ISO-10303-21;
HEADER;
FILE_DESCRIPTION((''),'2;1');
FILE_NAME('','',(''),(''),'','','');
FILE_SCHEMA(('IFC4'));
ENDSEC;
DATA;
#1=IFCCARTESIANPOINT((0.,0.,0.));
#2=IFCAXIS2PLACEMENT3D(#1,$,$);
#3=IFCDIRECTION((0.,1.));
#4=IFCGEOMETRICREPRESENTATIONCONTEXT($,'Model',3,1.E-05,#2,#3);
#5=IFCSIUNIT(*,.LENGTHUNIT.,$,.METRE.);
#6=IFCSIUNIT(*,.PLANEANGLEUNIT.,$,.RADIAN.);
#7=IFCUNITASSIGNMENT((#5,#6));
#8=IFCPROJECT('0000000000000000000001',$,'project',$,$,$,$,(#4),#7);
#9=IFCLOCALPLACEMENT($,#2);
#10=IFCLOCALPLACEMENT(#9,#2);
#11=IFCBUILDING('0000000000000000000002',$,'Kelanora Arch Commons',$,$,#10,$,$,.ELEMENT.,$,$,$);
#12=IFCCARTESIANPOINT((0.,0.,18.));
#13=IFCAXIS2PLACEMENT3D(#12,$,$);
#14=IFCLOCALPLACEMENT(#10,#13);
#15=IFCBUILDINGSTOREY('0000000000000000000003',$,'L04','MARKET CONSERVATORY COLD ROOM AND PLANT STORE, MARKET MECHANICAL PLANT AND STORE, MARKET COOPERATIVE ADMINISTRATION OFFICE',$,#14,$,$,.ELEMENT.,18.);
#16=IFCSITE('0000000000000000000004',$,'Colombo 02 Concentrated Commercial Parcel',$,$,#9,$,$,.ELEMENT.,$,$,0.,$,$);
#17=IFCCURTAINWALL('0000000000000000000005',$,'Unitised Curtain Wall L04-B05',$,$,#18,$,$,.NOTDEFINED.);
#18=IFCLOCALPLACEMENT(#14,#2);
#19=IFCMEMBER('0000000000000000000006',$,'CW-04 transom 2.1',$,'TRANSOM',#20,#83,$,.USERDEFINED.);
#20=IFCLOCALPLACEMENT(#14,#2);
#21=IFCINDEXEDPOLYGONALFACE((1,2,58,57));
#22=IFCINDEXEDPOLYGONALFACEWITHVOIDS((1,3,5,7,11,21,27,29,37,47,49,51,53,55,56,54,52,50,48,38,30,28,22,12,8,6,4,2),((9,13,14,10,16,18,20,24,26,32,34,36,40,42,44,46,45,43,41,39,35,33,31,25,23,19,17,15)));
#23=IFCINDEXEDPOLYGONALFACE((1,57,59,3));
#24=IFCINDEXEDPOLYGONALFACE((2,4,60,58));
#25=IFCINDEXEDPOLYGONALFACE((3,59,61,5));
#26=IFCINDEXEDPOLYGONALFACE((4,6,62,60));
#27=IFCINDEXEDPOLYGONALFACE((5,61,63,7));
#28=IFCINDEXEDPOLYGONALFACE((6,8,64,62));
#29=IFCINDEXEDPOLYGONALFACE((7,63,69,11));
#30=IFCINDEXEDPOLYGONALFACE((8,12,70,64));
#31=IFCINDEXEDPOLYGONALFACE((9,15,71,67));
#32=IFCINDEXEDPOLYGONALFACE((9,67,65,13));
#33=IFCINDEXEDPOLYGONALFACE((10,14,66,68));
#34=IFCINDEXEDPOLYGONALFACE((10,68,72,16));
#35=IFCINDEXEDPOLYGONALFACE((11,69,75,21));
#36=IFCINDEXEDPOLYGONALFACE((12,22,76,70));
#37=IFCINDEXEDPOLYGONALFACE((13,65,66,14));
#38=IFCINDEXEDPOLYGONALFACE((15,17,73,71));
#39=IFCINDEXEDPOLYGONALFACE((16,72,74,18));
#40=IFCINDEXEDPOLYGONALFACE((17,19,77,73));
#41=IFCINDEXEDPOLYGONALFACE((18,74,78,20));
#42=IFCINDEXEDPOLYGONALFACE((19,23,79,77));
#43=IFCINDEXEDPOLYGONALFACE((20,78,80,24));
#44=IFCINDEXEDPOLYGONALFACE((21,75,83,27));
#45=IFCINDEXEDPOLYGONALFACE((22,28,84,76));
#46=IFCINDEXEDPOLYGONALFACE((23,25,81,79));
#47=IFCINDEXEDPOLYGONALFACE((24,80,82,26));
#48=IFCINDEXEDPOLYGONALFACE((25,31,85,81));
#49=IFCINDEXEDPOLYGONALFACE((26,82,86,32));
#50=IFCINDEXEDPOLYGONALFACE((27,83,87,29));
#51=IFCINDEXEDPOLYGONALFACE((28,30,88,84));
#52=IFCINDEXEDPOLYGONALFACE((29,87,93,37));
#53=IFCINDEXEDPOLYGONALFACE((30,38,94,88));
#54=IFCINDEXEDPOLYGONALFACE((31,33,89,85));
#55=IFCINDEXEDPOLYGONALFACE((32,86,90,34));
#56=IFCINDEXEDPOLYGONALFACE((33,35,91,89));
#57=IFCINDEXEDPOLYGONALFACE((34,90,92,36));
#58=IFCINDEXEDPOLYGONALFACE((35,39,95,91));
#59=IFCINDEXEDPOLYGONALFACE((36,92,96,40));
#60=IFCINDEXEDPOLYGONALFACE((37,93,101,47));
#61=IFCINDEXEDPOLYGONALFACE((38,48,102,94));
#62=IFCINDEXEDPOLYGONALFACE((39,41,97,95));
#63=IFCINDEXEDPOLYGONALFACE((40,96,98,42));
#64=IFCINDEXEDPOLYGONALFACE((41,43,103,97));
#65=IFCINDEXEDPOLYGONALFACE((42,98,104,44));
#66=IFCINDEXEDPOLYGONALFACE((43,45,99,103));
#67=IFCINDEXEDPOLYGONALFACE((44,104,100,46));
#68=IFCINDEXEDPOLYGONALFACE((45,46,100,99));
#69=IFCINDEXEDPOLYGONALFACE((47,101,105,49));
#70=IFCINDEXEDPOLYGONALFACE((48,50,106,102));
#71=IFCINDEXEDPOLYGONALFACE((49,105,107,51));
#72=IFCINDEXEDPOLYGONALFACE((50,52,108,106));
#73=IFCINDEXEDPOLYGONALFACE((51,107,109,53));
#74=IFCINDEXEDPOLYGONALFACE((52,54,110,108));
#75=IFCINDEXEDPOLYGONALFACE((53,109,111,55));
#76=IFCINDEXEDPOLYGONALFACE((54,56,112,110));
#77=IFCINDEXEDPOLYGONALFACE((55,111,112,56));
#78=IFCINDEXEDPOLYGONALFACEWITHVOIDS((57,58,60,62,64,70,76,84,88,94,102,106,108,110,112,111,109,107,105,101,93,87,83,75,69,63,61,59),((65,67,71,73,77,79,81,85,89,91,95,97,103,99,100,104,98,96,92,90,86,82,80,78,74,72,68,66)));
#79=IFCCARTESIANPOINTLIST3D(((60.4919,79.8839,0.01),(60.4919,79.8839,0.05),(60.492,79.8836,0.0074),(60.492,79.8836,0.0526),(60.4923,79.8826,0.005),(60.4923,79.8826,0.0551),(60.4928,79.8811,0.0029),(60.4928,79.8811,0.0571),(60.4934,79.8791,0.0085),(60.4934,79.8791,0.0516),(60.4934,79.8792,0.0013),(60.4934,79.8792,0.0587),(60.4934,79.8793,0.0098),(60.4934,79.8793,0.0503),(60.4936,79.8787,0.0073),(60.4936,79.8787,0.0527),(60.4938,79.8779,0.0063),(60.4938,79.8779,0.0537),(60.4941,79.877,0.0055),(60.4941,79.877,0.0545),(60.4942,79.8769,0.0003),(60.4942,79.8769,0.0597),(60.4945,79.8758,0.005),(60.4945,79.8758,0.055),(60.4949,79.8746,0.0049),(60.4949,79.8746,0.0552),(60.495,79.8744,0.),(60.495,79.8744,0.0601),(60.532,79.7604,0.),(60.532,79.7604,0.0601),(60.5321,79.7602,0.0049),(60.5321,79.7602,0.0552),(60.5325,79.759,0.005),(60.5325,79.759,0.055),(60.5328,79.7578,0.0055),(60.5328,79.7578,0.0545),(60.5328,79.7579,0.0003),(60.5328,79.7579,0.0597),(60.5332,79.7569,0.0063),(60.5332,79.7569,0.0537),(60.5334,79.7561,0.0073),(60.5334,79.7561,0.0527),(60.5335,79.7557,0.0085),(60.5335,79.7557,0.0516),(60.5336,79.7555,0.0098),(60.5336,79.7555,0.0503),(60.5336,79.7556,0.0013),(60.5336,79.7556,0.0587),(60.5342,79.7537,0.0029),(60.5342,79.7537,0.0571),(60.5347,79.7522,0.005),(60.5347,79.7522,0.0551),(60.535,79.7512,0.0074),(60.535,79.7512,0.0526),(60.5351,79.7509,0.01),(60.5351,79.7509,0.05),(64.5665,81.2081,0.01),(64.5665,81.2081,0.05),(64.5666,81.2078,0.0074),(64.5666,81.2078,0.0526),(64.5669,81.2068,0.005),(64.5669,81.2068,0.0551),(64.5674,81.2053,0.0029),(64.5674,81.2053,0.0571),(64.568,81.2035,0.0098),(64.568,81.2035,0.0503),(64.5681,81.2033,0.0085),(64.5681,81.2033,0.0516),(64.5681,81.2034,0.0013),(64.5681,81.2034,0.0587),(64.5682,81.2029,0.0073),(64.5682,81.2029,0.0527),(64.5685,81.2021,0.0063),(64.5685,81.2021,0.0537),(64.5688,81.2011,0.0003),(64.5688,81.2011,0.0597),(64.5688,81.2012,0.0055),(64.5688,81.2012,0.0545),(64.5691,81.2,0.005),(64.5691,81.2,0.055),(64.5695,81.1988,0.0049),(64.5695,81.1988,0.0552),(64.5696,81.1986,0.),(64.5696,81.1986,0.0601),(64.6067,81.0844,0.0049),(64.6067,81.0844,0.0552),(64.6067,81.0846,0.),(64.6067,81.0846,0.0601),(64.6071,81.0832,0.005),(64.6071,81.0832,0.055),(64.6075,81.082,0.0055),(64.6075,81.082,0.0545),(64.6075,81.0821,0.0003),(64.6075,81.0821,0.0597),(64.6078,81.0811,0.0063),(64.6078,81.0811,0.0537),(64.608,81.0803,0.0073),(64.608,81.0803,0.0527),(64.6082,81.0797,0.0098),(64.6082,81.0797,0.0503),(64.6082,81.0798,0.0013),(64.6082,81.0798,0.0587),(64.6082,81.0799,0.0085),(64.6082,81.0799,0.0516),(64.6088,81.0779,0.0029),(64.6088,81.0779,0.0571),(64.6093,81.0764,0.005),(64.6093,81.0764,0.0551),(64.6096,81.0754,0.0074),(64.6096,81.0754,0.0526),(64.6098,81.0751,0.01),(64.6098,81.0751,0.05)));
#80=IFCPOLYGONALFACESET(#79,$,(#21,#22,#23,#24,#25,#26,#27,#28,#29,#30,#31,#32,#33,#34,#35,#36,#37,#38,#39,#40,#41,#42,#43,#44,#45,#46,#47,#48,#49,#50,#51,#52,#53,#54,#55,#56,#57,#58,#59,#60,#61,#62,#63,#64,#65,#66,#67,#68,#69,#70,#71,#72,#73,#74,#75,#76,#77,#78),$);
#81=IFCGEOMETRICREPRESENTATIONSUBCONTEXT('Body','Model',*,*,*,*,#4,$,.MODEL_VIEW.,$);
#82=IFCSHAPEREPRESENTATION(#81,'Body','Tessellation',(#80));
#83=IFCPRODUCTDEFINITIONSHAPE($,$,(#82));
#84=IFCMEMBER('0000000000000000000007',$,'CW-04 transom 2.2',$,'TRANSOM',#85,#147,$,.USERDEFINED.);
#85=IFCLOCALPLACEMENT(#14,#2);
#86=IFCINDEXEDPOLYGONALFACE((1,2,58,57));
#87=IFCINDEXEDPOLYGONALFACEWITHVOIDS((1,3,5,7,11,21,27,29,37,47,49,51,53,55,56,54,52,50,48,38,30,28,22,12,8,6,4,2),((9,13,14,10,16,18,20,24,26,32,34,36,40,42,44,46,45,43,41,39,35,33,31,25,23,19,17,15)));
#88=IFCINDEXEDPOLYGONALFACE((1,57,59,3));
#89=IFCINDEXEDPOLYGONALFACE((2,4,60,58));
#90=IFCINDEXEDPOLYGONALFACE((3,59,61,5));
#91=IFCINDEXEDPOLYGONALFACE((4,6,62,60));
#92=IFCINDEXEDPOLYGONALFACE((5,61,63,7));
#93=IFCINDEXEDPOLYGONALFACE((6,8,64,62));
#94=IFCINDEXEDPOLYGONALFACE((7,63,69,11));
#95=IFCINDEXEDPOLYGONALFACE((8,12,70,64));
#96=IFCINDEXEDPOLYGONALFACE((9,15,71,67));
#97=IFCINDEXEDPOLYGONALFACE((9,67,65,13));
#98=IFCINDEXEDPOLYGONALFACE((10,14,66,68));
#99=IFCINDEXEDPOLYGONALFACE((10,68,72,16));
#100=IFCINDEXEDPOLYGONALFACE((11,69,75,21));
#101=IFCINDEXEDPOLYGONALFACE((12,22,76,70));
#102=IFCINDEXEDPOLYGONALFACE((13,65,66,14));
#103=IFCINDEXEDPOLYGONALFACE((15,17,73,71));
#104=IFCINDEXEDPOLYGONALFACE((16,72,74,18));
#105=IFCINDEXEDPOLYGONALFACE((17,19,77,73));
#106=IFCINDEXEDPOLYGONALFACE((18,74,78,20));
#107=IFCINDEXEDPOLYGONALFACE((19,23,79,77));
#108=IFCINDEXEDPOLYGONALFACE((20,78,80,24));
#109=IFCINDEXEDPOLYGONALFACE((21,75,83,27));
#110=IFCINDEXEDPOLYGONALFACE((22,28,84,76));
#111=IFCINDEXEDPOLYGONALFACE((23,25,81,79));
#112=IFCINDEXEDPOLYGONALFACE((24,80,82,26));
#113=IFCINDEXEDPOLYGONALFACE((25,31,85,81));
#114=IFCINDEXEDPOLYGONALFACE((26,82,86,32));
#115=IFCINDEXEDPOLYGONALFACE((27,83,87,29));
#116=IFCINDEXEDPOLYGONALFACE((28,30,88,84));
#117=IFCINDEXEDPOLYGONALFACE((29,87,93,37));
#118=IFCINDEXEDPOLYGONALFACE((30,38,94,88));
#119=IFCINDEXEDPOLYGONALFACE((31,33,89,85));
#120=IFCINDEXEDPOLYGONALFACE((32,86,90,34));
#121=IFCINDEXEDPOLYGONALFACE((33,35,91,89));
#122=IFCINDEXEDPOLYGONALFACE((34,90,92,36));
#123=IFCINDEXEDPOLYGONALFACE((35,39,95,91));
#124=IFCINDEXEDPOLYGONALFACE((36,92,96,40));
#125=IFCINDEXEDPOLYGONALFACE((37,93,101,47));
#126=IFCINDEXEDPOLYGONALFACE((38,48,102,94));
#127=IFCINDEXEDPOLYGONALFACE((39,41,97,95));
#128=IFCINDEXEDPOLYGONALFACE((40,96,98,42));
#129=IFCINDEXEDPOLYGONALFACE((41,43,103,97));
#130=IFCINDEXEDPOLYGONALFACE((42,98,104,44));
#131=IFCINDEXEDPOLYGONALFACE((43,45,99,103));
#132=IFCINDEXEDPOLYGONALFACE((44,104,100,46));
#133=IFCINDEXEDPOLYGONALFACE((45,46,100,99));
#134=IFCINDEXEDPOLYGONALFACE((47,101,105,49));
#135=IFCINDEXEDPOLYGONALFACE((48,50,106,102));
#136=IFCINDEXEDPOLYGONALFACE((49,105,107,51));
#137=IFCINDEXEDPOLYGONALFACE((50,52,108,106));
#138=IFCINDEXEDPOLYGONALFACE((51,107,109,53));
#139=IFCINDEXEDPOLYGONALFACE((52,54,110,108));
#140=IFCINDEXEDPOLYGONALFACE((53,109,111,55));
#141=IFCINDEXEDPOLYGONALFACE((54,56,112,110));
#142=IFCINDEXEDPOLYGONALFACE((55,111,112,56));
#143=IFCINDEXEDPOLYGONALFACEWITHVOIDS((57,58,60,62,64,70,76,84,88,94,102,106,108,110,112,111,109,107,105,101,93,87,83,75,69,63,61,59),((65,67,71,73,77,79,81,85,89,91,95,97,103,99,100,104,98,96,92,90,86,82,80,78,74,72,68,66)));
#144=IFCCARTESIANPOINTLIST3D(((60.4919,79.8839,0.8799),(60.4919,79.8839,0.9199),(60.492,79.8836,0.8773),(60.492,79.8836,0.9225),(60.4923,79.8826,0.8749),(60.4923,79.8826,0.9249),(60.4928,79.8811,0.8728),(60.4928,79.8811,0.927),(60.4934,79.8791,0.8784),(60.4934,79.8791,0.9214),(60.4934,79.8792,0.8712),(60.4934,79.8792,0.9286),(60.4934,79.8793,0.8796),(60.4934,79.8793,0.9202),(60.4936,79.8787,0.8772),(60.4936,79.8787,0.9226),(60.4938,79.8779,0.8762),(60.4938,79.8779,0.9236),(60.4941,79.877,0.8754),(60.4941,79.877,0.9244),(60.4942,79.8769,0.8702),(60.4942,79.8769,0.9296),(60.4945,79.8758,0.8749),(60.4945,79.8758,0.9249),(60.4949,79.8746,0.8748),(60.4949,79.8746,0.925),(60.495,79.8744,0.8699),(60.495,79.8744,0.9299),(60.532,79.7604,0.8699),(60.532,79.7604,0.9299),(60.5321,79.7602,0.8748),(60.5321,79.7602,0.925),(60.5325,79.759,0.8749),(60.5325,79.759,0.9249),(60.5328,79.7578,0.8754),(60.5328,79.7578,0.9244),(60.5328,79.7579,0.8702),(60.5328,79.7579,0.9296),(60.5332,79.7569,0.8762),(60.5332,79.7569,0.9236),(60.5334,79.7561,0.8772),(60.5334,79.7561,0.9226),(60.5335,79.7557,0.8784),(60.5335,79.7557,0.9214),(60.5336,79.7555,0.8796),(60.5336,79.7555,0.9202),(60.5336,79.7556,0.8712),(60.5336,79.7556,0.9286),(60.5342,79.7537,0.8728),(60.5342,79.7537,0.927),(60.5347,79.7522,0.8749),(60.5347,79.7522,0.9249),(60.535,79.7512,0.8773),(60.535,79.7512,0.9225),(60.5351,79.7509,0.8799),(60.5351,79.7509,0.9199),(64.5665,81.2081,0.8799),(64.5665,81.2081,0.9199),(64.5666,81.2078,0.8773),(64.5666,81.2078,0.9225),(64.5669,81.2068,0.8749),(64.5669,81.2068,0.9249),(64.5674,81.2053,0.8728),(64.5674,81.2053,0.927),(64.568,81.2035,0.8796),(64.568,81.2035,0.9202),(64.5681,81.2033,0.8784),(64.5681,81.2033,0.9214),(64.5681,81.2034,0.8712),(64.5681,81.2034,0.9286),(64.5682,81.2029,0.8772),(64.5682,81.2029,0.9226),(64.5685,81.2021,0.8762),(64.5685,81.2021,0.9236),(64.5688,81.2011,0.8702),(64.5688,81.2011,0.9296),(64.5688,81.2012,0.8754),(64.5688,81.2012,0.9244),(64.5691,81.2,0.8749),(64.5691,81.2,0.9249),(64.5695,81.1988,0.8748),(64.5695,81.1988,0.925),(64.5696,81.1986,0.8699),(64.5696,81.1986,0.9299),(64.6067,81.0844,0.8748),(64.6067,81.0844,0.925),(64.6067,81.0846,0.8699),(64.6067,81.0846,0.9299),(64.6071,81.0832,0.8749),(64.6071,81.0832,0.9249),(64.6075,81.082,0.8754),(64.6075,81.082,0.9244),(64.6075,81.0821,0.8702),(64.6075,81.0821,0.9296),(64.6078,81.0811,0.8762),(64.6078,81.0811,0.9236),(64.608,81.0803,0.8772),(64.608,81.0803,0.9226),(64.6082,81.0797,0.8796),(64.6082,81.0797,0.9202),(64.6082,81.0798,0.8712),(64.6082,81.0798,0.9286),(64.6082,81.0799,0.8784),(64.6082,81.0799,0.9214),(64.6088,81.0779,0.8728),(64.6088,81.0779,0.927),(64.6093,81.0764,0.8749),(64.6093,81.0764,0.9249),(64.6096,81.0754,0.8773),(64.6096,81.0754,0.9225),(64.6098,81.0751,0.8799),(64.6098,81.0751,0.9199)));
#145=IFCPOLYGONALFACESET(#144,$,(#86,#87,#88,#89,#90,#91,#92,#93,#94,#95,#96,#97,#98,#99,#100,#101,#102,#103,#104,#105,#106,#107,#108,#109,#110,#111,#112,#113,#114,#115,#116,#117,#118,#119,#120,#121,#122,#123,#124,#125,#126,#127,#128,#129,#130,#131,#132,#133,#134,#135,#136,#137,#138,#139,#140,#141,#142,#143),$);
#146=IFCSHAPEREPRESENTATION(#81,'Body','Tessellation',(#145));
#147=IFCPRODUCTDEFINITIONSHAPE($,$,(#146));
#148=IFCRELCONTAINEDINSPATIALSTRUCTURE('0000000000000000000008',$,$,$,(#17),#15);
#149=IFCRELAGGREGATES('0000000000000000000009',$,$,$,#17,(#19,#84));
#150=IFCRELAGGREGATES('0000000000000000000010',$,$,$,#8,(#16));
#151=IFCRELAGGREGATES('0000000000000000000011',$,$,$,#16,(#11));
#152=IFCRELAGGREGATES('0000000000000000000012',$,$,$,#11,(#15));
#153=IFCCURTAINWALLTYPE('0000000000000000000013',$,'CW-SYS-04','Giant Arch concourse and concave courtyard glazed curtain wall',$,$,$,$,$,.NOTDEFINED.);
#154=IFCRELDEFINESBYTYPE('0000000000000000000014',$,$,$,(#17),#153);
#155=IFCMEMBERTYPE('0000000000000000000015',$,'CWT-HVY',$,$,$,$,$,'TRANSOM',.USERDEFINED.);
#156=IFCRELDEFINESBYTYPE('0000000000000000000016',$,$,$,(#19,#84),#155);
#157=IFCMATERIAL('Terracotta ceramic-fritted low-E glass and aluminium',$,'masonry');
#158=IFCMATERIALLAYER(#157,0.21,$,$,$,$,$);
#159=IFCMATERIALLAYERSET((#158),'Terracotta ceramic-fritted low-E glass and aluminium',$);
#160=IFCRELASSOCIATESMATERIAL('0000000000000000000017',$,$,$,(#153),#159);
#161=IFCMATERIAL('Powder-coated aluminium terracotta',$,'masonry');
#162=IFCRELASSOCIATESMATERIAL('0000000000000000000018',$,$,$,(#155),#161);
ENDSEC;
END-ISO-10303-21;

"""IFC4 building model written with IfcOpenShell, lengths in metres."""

from ifc_helpers import new_model, si_unit, direction, frame, origin, origin_2d, place, context, subcontext, project, spatial, hollow_rectangle, extrude, material, layer, layer_set, material_profile, profile_set, type_object, element, aggregate, save


model = new_model("IFC4")

# Units and contexts
model_context = context("Model", 3, precision=1e-05, world=origin(), true_north=direction((0.0, 1.0)))
body_context = subcontext(model_context, "Body", "Model", "MODEL_VIEW")
ifc_project = project(units=[si_unit("LENGTHUNIT", "METRE"), si_unit("PLANEANGLEUNIT", "RADIAN")], contexts=[model_context])

# Site, building, storey
site_placement = place(None, origin())
site = spatial("IfcSite", under=ifc_project, at=site_placement, Name="Colombo 02 Concentrated Commercial Parcel", CompositionType="ELEMENT", RefElevation=0.0)
building_placement = place(site_placement, origin())
building = spatial("IfcBuilding", under=site, at=building_placement, Name="Kelanora Arch Commons", CompositionType="ELEMENT")
storey_placement = place(building_placement, frame((0.0, 0.0, 18.0)))
storey = spatial("IfcBuildingStorey", under=building, at=storey_placement, Name="L04", Description="MARKET CONSERVATORY COLD ROOM AND PLANT STORE, MARKET MECHANICAL PLANT AND STORE, MARKET COOPERATIVE ADMINISTRATION OFFICE", CompositionType="ELEMENT", Elevation=18.0)

# Curtain wall, members
ifc_material_1 = material(Name="Terracotta ceramic-fritted low-E glass and aluminium", Category="masonry")
ifc_layer_1 = layer(ifc_material_1, 0.21)
ifc_layer_set_1 = layer_set([ifc_layer_1], Name="Terracotta ceramic-fritted low-E glass and aluminium")
curtain_wall_type = type_object("IfcCurtainWallType", Name="CW-SYS-04", Description="Giant Arch concourse and concave courtyard glazed curtain wall", PredefinedType="NOTDEFINED", material=ifc_layer_set_1)
curtain_wall_placement = place(storey_placement, origin())
curtain_wall = element("IfcCurtainWall", 1, at=curtain_wall_placement, inside=storey, type_object=curtain_wall_type, Name="Unitised Curtain Wall L04-B05", PredefinedType="NOTDEFINED")
ifc_material_2 = material(Name="Powder-coated aluminium terracotta", Category="masonry")
ifc_material_profile_1 = material_profile(ifc_material_2, hollow_rectangle(XDim=0.1399, YDim=0.0601, WallThickness=0.0049, InnerFilletRadius=0.0049, OuterFilletRadius=0.01, at=origin_2d()), Name="CWT140x60")
ifc_profile_set_1 = profile_set([ifc_material_profile_1], Name="Powder-coated aluminium terracotta")
member_type_1 = type_object("IfcMemberType", Name="CWT-HVY", ElementType="TRANSOM", PredefinedType="USERDEFINED", material=ifc_profile_set_1)
member_1_placement = place(storey_placement, frame((64.5881, 81.1416, 0.03), z_axis=(-0.951038, -0.309073, 0.0), x_axis=(0.309073, -0.951038, 0.0)))
member_1 = element("IfcMember", 2, at=member_1_placement, type_object=member_type_1, Name="CW-04 transom 2.1", ObjectType="TRANSOM", PredefinedType="USERDEFINED", context=body_context, shape_type="SweptSolid", body=[
    extrude(hollow_rectangle(XDim=0.1399, YDim=0.0601, WallThickness=0.0049, InnerFilletRadius=0.0049, OuterFilletRadius=0.01, at=origin_2d()), origin(), (0.0, 0.0, 1.0), 4.2844),
])
member_2_placement = place(storey_placement, frame((64.5881, 81.1416, 0.8999), z_axis=(-0.951038, -0.309073, 0.0), x_axis=(0.309073, -0.951038, 0.0)))
member_2 = element("IfcMember", 3, at=member_2_placement, type_object=member_type_1, Name="CW-04 transom 2.2", ObjectType="TRANSOM", PredefinedType="USERDEFINED", context=body_context, shape_type="SweptSolid", body=[
    extrude(hollow_rectangle(XDim=0.1399, YDim=0.0601, WallThickness=0.0049, InnerFilletRadius=0.0049, OuterFilletRadius=0.01, at=origin_2d()), origin(), (0.0, 0.0, 1.0), 4.2844),
])
aggregate(curtain_wall, [member_1, member_2])

save(model, "model.ifc")
